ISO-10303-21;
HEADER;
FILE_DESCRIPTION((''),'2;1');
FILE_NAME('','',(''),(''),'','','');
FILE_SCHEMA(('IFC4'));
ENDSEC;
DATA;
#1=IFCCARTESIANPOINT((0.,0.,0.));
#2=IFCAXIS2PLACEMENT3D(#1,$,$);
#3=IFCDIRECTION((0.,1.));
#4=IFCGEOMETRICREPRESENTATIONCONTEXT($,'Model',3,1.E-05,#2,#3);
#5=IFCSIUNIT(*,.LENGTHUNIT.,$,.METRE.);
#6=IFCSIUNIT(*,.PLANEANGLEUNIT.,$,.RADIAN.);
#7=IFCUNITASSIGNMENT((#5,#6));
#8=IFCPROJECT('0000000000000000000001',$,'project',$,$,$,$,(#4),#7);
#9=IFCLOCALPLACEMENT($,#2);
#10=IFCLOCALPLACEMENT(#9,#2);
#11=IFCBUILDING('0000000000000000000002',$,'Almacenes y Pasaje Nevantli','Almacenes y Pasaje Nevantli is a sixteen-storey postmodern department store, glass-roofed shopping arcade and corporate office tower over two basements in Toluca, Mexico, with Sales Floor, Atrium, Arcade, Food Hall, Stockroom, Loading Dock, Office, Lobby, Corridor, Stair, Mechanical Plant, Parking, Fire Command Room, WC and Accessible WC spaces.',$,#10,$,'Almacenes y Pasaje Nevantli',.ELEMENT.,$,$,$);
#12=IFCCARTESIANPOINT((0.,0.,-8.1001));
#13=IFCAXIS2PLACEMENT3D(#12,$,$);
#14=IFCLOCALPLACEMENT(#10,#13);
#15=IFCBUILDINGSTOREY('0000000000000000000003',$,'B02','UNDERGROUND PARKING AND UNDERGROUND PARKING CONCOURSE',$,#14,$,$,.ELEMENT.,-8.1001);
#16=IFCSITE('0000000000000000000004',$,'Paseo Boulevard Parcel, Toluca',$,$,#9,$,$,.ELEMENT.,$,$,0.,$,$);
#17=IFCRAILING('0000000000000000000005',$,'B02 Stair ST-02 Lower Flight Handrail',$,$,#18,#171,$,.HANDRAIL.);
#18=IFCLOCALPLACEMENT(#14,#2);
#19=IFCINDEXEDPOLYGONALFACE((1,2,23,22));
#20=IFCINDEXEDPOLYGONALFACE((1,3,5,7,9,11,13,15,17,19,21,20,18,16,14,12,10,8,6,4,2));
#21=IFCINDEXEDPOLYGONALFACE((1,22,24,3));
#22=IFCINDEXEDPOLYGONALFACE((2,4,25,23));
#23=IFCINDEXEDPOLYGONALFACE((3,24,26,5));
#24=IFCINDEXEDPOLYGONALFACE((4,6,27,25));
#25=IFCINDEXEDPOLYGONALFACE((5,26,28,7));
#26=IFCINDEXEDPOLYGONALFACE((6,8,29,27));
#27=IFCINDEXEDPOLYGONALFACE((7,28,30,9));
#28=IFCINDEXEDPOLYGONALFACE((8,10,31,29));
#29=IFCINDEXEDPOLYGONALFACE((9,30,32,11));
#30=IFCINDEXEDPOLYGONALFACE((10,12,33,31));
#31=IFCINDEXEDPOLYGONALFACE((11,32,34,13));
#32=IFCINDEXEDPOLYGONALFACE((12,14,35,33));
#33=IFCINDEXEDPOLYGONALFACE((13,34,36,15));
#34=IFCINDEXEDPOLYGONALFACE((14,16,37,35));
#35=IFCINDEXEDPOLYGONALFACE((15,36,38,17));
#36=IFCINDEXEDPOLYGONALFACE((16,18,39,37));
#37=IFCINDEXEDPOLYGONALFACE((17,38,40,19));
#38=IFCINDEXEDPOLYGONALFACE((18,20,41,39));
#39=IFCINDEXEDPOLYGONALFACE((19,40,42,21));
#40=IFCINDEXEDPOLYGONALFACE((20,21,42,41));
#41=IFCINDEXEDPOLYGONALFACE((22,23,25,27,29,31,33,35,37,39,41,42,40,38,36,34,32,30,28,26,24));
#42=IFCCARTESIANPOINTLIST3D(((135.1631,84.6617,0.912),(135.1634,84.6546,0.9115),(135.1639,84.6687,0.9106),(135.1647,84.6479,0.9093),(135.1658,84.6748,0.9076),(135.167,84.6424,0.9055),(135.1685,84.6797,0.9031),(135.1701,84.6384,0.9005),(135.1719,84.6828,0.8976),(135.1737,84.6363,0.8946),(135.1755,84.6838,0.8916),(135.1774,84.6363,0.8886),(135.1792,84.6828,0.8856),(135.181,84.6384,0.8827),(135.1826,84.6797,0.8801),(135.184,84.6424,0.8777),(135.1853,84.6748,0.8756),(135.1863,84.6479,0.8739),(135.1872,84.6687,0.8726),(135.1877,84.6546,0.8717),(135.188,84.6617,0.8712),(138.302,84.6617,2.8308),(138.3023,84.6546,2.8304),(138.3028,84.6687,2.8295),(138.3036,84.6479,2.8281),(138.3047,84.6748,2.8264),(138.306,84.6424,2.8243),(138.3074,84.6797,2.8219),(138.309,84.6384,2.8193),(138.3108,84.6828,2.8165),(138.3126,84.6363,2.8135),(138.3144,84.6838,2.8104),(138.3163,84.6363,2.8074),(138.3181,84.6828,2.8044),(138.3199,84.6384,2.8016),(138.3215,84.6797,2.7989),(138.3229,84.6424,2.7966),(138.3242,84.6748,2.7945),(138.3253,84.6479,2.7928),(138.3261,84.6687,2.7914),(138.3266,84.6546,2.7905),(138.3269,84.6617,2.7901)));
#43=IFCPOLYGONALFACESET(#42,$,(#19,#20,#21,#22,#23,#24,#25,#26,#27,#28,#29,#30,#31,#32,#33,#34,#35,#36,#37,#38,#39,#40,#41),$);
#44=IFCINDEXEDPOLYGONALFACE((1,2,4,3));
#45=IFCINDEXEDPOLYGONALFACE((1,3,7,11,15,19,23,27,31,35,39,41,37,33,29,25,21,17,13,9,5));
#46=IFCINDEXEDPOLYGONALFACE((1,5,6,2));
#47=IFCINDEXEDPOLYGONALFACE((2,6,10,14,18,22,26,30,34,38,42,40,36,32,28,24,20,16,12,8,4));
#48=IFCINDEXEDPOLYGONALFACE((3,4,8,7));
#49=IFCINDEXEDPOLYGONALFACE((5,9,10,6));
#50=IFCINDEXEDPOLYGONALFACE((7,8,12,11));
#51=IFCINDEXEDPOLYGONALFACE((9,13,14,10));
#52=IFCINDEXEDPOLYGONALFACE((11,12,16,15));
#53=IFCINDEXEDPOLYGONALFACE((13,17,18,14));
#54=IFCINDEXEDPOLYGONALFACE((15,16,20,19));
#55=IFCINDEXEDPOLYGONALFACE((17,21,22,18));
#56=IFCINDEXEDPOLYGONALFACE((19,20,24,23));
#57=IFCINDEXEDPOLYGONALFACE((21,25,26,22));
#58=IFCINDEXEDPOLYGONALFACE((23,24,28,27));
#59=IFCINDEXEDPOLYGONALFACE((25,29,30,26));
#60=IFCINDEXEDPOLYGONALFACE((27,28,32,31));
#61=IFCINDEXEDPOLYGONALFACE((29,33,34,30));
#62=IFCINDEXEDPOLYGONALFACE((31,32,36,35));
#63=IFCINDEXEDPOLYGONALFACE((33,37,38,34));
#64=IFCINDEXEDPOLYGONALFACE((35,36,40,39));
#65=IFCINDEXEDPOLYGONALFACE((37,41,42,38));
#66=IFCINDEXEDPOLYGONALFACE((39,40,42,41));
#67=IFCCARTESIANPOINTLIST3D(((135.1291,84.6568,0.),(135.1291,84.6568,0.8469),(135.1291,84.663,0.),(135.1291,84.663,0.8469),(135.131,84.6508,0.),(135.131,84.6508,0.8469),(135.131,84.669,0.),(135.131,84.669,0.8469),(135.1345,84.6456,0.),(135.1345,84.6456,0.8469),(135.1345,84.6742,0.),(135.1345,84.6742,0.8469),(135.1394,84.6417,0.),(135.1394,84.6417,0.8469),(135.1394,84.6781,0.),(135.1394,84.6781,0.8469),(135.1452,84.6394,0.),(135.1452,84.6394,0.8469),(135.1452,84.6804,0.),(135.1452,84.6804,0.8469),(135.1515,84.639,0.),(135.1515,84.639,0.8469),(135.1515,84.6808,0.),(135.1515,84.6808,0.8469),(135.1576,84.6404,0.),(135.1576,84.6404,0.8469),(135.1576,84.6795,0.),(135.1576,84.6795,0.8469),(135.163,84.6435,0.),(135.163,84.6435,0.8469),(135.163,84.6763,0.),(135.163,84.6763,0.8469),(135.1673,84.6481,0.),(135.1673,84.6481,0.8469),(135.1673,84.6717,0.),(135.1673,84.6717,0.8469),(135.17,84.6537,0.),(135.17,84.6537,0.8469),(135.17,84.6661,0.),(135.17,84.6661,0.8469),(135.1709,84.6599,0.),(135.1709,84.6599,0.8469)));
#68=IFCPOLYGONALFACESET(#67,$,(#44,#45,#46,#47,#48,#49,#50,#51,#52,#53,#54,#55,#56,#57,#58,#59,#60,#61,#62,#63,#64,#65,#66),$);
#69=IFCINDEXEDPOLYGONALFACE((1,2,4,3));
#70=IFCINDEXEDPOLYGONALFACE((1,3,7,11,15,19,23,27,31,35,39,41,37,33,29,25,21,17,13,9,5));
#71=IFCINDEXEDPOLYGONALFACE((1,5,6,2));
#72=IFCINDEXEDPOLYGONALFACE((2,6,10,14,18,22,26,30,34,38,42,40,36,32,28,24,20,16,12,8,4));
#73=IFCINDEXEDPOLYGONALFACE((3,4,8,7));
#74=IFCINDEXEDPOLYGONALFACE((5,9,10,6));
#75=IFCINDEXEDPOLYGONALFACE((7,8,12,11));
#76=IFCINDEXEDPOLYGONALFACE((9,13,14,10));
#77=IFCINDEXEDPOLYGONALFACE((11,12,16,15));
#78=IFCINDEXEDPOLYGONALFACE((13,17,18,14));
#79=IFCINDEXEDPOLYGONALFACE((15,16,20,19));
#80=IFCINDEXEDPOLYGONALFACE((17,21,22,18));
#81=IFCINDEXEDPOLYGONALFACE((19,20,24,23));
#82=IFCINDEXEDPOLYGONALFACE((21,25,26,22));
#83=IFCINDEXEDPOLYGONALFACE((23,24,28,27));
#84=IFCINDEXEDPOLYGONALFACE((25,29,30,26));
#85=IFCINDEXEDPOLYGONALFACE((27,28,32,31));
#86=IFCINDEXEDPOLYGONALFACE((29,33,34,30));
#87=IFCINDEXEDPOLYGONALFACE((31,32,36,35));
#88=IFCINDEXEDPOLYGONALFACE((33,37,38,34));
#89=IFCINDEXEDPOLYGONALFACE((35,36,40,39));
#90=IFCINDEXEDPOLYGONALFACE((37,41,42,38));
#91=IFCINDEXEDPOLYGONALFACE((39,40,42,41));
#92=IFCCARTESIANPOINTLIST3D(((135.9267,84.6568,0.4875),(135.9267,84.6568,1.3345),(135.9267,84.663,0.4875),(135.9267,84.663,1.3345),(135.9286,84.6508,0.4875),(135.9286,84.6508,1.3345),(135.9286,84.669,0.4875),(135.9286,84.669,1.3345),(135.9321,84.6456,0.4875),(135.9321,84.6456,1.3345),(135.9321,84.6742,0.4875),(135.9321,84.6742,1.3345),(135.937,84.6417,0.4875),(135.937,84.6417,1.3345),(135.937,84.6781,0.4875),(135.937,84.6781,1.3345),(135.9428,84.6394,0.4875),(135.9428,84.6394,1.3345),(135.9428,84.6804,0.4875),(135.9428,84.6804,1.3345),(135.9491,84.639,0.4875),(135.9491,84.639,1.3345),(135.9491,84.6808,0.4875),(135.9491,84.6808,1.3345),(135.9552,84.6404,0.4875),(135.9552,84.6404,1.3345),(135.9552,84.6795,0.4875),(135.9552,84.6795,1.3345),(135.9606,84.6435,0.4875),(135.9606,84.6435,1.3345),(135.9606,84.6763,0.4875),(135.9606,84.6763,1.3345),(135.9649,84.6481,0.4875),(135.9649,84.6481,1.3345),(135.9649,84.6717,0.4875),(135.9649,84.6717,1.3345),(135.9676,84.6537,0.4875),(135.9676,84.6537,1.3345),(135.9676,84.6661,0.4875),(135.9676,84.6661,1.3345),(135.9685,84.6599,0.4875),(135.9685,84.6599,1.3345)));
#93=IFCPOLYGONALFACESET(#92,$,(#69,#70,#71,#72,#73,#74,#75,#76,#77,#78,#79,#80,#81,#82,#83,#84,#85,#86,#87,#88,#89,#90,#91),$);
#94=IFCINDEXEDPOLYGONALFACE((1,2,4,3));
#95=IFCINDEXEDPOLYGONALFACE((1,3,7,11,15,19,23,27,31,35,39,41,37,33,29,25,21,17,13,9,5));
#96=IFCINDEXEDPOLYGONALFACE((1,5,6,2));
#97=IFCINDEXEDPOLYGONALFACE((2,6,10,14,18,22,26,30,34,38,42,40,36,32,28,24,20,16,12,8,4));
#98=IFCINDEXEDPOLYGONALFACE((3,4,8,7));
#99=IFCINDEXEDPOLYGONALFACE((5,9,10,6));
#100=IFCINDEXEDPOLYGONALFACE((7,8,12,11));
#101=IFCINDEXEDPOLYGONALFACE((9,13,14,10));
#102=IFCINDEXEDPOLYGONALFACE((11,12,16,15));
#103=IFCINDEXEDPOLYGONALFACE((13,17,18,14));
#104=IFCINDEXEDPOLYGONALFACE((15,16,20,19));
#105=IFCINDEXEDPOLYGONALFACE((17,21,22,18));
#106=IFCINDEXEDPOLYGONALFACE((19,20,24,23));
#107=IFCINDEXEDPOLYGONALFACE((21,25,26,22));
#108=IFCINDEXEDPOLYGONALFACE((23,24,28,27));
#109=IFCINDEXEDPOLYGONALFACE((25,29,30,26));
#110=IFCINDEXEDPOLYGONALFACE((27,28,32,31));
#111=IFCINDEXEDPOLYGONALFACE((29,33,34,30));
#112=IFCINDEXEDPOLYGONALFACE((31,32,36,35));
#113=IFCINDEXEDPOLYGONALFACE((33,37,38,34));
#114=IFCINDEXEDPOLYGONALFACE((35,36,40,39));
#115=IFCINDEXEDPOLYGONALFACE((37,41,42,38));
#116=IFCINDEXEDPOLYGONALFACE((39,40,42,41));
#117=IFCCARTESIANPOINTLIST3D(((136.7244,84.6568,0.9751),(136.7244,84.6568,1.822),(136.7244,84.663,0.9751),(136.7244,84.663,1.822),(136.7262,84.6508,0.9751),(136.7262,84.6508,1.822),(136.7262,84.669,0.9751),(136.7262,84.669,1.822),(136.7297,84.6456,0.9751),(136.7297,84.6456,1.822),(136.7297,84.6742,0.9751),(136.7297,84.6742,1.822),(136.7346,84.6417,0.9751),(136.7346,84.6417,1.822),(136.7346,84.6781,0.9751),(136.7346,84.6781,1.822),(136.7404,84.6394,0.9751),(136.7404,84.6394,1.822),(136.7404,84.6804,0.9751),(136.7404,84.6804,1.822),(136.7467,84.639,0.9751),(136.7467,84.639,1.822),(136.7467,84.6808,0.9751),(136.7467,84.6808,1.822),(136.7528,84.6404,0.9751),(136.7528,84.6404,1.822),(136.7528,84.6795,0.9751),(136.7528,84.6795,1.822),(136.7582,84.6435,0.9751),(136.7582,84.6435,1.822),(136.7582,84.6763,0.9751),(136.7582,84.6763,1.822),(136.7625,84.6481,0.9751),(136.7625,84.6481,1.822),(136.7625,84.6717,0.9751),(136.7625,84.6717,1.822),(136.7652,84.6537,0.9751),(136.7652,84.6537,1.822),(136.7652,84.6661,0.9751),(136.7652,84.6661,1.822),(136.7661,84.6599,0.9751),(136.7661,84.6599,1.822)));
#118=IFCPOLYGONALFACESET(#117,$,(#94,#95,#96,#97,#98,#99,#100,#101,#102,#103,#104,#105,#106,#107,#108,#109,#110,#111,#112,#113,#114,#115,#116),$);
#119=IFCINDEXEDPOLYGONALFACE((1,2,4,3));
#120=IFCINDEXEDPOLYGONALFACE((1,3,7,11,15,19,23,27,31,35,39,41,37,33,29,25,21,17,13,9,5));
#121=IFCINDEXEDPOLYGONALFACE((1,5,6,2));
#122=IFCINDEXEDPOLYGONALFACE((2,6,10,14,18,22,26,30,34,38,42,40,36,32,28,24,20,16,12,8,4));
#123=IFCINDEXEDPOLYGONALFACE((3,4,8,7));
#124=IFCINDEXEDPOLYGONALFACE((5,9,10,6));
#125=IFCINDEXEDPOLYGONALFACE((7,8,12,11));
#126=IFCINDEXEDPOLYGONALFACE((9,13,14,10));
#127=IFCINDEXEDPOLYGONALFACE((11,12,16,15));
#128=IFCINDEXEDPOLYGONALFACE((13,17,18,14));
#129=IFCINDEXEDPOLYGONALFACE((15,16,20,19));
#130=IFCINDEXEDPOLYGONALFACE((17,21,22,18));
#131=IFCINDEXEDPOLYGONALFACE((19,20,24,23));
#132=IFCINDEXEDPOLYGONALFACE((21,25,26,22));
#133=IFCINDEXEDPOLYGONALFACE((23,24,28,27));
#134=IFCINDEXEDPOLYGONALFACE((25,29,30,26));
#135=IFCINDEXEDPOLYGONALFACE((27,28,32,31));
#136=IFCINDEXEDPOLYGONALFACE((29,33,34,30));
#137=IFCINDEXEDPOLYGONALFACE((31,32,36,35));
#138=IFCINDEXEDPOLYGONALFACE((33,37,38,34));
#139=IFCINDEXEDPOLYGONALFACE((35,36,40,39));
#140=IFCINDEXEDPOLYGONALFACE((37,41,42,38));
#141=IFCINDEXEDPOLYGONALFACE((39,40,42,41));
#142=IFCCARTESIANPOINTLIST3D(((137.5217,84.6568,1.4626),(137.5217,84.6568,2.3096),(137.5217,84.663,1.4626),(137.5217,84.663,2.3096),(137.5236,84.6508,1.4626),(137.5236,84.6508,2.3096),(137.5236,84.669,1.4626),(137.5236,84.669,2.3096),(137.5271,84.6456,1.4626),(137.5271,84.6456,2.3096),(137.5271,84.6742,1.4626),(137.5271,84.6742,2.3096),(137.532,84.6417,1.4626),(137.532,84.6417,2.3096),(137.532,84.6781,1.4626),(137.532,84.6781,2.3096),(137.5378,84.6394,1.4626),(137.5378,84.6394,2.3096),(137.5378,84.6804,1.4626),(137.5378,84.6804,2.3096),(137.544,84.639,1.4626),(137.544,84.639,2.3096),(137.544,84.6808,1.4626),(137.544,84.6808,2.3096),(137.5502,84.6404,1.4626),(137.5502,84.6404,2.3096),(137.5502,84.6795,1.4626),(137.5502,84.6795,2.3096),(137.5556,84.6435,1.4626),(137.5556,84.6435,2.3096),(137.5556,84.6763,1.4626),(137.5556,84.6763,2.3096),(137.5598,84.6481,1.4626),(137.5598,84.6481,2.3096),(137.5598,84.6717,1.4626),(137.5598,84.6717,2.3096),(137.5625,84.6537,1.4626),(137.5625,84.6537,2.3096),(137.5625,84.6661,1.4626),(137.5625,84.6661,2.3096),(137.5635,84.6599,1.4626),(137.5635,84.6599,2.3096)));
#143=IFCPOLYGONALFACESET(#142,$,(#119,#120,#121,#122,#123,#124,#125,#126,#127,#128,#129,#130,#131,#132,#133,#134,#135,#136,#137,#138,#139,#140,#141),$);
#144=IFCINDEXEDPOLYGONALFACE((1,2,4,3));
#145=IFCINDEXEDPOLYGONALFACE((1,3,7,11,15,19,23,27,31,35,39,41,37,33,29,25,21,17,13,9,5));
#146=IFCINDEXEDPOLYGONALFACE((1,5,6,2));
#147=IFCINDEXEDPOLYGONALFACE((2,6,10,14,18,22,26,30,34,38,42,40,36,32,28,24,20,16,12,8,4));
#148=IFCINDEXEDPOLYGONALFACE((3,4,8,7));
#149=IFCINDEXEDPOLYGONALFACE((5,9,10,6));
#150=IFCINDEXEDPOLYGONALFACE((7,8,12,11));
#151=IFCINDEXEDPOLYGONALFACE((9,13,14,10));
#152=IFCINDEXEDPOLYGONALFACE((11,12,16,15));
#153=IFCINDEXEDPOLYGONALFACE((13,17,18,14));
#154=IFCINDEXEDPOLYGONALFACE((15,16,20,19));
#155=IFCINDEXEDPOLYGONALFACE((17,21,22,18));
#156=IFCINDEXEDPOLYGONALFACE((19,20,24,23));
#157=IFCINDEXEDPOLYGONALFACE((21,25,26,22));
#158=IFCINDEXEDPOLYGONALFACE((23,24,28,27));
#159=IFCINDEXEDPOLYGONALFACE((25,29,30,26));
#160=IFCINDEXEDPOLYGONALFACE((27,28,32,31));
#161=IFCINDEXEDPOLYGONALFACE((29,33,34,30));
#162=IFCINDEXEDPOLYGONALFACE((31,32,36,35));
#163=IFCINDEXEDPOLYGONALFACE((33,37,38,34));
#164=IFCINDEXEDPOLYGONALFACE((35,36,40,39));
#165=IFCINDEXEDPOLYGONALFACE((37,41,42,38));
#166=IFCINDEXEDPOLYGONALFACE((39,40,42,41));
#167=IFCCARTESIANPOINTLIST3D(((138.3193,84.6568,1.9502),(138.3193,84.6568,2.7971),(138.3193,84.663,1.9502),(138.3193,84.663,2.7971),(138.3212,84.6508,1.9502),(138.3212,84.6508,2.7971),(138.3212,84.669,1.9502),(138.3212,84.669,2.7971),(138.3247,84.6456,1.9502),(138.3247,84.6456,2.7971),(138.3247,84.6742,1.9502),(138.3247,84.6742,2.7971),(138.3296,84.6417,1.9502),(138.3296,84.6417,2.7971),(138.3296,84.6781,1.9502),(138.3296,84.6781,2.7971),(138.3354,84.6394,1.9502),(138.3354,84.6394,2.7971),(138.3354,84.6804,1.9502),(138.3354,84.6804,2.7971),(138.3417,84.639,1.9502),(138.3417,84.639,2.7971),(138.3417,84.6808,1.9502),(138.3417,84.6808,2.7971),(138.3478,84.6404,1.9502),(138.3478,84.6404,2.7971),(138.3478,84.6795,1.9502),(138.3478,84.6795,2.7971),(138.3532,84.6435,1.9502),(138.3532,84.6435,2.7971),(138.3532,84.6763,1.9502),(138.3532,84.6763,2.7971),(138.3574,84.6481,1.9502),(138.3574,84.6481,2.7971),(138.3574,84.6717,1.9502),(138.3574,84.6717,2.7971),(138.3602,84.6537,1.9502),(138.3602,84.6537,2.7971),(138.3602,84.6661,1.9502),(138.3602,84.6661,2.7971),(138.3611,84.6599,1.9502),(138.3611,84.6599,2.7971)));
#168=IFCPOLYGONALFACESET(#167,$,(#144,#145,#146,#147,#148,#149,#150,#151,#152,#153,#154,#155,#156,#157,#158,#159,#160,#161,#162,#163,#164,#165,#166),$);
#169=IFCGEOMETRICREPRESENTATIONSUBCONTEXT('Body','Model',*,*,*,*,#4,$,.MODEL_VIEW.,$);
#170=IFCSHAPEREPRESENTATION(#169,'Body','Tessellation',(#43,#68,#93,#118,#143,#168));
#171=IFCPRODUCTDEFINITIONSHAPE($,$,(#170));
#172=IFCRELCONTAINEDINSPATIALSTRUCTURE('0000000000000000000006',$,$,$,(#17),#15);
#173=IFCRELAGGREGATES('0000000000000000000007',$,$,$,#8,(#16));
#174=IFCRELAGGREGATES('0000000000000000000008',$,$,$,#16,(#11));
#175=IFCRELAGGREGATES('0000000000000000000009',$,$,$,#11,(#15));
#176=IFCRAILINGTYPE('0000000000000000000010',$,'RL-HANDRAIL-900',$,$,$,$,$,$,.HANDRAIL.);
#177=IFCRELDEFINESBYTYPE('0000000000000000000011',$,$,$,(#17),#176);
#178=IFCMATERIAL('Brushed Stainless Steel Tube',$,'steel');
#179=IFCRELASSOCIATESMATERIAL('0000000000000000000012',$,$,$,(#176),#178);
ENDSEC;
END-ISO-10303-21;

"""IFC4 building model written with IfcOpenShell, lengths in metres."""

from ifc_helpers import new_model, si_unit, direction, frame, origin, origin_2d, place, context, subcontext, project, spatial, circle, extrude, material, type_object, element, save


model = new_model("IFC4")

# Units and contexts
model_context = context("Model", 3, precision=1e-05, world=origin(), true_north=direction((0.0, 1.0)))
body_context = subcontext(model_context, "Body", "Model", "MODEL_VIEW")
ifc_project = project(units=[si_unit("LENGTHUNIT", "METRE"), si_unit("PLANEANGLEUNIT", "RADIAN")], contexts=[model_context])

# Site, building, storey
site_placement = place(None, origin())
site = spatial("IfcSite", under=ifc_project, at=site_placement, Name="Paseo Boulevard Parcel, Toluca", CompositionType="ELEMENT", RefElevation=0.0)
building_placement = place(site_placement, origin())
building = spatial("IfcBuilding", under=site, at=building_placement, Name="Almacenes y Pasaje Nevantli", Description="Almacenes y Pasaje Nevantli is a sixteen-storey postmodern department store, glass-roofed shopping arcade and corporate office tower over two basements in Toluca, Mexico, with Sales Floor, Atrium, Arcade, Food Hall, Stockroom, Loading Dock, Office, Lobby, Corridor, Stair, Mechanical Plant, Parking, Fire Command Room, WC and Accessible WC spaces.", LongName="Almacenes y Pasaje Nevantli", CompositionType="ELEMENT")
storey_placement = place(building_placement, frame((0.0, 0.0, -8.1001)))
storey = spatial("IfcBuildingStorey", under=building, at=storey_placement, Name="B02", Description="UNDERGROUND PARKING AND UNDERGROUND PARKING CONCOURSE", CompositionType="ELEMENT", Elevation=-8.1001)

# Railing
ifc_material_1 = material(Name="Brushed Stainless Steel Tube", Category="steel")
railing_type_1 = type_object("IfcRailingType", Name="RL-HANDRAIL-900", PredefinedType="HANDRAIL", material=ifc_material_1)
railing_1_placement = place(storey_placement, frame((135.1499, 84.6599, 0.0)))
element("IfcRailing", 1, at=railing_1_placement, inside=storey, type_object=railing_type_1, Name="B02 Stair ST-02 Lower Flight Handrail", PredefinedType="HANDRAIL", context=body_context, shape_type="SweptSolid", body=[
    extrude(circle(Radius=0.0239, at=origin_2d()), frame((0.0256, 0.0, 0.8916), z_axis=(0.853206, 0.0, 0.521574), x_axis=(0.0, 1.0, 0.0)), (0.0, 0.0, 1.0), 3.679),
    extrude(circle(Radius=0.021, at=origin_2d()), origin(), (0.0, 0.0, 1.0), 0.8469),
    extrude(circle(Radius=0.021, at=origin_2d()), frame((0.7976, 0.0, 0.4875)), (0.0, 0.0, 1.0), 0.8469),
    extrude(circle(Radius=0.021, at=origin_2d()), frame((1.5952, 0.0, 0.9751)), (0.0, 0.0, 1.0), 0.8469),
    extrude(circle(Radius=0.021, at=origin_2d()), frame((2.3926, 0.0, 1.4626)), (0.0, 0.0, 1.0), 0.8469),
    extrude(circle(Radius=0.021, at=origin_2d()), frame((3.1902, 0.0, 1.9502)), (0.0, 0.0, 1.0), 0.8469),
])

save(model, "model.ifc")
